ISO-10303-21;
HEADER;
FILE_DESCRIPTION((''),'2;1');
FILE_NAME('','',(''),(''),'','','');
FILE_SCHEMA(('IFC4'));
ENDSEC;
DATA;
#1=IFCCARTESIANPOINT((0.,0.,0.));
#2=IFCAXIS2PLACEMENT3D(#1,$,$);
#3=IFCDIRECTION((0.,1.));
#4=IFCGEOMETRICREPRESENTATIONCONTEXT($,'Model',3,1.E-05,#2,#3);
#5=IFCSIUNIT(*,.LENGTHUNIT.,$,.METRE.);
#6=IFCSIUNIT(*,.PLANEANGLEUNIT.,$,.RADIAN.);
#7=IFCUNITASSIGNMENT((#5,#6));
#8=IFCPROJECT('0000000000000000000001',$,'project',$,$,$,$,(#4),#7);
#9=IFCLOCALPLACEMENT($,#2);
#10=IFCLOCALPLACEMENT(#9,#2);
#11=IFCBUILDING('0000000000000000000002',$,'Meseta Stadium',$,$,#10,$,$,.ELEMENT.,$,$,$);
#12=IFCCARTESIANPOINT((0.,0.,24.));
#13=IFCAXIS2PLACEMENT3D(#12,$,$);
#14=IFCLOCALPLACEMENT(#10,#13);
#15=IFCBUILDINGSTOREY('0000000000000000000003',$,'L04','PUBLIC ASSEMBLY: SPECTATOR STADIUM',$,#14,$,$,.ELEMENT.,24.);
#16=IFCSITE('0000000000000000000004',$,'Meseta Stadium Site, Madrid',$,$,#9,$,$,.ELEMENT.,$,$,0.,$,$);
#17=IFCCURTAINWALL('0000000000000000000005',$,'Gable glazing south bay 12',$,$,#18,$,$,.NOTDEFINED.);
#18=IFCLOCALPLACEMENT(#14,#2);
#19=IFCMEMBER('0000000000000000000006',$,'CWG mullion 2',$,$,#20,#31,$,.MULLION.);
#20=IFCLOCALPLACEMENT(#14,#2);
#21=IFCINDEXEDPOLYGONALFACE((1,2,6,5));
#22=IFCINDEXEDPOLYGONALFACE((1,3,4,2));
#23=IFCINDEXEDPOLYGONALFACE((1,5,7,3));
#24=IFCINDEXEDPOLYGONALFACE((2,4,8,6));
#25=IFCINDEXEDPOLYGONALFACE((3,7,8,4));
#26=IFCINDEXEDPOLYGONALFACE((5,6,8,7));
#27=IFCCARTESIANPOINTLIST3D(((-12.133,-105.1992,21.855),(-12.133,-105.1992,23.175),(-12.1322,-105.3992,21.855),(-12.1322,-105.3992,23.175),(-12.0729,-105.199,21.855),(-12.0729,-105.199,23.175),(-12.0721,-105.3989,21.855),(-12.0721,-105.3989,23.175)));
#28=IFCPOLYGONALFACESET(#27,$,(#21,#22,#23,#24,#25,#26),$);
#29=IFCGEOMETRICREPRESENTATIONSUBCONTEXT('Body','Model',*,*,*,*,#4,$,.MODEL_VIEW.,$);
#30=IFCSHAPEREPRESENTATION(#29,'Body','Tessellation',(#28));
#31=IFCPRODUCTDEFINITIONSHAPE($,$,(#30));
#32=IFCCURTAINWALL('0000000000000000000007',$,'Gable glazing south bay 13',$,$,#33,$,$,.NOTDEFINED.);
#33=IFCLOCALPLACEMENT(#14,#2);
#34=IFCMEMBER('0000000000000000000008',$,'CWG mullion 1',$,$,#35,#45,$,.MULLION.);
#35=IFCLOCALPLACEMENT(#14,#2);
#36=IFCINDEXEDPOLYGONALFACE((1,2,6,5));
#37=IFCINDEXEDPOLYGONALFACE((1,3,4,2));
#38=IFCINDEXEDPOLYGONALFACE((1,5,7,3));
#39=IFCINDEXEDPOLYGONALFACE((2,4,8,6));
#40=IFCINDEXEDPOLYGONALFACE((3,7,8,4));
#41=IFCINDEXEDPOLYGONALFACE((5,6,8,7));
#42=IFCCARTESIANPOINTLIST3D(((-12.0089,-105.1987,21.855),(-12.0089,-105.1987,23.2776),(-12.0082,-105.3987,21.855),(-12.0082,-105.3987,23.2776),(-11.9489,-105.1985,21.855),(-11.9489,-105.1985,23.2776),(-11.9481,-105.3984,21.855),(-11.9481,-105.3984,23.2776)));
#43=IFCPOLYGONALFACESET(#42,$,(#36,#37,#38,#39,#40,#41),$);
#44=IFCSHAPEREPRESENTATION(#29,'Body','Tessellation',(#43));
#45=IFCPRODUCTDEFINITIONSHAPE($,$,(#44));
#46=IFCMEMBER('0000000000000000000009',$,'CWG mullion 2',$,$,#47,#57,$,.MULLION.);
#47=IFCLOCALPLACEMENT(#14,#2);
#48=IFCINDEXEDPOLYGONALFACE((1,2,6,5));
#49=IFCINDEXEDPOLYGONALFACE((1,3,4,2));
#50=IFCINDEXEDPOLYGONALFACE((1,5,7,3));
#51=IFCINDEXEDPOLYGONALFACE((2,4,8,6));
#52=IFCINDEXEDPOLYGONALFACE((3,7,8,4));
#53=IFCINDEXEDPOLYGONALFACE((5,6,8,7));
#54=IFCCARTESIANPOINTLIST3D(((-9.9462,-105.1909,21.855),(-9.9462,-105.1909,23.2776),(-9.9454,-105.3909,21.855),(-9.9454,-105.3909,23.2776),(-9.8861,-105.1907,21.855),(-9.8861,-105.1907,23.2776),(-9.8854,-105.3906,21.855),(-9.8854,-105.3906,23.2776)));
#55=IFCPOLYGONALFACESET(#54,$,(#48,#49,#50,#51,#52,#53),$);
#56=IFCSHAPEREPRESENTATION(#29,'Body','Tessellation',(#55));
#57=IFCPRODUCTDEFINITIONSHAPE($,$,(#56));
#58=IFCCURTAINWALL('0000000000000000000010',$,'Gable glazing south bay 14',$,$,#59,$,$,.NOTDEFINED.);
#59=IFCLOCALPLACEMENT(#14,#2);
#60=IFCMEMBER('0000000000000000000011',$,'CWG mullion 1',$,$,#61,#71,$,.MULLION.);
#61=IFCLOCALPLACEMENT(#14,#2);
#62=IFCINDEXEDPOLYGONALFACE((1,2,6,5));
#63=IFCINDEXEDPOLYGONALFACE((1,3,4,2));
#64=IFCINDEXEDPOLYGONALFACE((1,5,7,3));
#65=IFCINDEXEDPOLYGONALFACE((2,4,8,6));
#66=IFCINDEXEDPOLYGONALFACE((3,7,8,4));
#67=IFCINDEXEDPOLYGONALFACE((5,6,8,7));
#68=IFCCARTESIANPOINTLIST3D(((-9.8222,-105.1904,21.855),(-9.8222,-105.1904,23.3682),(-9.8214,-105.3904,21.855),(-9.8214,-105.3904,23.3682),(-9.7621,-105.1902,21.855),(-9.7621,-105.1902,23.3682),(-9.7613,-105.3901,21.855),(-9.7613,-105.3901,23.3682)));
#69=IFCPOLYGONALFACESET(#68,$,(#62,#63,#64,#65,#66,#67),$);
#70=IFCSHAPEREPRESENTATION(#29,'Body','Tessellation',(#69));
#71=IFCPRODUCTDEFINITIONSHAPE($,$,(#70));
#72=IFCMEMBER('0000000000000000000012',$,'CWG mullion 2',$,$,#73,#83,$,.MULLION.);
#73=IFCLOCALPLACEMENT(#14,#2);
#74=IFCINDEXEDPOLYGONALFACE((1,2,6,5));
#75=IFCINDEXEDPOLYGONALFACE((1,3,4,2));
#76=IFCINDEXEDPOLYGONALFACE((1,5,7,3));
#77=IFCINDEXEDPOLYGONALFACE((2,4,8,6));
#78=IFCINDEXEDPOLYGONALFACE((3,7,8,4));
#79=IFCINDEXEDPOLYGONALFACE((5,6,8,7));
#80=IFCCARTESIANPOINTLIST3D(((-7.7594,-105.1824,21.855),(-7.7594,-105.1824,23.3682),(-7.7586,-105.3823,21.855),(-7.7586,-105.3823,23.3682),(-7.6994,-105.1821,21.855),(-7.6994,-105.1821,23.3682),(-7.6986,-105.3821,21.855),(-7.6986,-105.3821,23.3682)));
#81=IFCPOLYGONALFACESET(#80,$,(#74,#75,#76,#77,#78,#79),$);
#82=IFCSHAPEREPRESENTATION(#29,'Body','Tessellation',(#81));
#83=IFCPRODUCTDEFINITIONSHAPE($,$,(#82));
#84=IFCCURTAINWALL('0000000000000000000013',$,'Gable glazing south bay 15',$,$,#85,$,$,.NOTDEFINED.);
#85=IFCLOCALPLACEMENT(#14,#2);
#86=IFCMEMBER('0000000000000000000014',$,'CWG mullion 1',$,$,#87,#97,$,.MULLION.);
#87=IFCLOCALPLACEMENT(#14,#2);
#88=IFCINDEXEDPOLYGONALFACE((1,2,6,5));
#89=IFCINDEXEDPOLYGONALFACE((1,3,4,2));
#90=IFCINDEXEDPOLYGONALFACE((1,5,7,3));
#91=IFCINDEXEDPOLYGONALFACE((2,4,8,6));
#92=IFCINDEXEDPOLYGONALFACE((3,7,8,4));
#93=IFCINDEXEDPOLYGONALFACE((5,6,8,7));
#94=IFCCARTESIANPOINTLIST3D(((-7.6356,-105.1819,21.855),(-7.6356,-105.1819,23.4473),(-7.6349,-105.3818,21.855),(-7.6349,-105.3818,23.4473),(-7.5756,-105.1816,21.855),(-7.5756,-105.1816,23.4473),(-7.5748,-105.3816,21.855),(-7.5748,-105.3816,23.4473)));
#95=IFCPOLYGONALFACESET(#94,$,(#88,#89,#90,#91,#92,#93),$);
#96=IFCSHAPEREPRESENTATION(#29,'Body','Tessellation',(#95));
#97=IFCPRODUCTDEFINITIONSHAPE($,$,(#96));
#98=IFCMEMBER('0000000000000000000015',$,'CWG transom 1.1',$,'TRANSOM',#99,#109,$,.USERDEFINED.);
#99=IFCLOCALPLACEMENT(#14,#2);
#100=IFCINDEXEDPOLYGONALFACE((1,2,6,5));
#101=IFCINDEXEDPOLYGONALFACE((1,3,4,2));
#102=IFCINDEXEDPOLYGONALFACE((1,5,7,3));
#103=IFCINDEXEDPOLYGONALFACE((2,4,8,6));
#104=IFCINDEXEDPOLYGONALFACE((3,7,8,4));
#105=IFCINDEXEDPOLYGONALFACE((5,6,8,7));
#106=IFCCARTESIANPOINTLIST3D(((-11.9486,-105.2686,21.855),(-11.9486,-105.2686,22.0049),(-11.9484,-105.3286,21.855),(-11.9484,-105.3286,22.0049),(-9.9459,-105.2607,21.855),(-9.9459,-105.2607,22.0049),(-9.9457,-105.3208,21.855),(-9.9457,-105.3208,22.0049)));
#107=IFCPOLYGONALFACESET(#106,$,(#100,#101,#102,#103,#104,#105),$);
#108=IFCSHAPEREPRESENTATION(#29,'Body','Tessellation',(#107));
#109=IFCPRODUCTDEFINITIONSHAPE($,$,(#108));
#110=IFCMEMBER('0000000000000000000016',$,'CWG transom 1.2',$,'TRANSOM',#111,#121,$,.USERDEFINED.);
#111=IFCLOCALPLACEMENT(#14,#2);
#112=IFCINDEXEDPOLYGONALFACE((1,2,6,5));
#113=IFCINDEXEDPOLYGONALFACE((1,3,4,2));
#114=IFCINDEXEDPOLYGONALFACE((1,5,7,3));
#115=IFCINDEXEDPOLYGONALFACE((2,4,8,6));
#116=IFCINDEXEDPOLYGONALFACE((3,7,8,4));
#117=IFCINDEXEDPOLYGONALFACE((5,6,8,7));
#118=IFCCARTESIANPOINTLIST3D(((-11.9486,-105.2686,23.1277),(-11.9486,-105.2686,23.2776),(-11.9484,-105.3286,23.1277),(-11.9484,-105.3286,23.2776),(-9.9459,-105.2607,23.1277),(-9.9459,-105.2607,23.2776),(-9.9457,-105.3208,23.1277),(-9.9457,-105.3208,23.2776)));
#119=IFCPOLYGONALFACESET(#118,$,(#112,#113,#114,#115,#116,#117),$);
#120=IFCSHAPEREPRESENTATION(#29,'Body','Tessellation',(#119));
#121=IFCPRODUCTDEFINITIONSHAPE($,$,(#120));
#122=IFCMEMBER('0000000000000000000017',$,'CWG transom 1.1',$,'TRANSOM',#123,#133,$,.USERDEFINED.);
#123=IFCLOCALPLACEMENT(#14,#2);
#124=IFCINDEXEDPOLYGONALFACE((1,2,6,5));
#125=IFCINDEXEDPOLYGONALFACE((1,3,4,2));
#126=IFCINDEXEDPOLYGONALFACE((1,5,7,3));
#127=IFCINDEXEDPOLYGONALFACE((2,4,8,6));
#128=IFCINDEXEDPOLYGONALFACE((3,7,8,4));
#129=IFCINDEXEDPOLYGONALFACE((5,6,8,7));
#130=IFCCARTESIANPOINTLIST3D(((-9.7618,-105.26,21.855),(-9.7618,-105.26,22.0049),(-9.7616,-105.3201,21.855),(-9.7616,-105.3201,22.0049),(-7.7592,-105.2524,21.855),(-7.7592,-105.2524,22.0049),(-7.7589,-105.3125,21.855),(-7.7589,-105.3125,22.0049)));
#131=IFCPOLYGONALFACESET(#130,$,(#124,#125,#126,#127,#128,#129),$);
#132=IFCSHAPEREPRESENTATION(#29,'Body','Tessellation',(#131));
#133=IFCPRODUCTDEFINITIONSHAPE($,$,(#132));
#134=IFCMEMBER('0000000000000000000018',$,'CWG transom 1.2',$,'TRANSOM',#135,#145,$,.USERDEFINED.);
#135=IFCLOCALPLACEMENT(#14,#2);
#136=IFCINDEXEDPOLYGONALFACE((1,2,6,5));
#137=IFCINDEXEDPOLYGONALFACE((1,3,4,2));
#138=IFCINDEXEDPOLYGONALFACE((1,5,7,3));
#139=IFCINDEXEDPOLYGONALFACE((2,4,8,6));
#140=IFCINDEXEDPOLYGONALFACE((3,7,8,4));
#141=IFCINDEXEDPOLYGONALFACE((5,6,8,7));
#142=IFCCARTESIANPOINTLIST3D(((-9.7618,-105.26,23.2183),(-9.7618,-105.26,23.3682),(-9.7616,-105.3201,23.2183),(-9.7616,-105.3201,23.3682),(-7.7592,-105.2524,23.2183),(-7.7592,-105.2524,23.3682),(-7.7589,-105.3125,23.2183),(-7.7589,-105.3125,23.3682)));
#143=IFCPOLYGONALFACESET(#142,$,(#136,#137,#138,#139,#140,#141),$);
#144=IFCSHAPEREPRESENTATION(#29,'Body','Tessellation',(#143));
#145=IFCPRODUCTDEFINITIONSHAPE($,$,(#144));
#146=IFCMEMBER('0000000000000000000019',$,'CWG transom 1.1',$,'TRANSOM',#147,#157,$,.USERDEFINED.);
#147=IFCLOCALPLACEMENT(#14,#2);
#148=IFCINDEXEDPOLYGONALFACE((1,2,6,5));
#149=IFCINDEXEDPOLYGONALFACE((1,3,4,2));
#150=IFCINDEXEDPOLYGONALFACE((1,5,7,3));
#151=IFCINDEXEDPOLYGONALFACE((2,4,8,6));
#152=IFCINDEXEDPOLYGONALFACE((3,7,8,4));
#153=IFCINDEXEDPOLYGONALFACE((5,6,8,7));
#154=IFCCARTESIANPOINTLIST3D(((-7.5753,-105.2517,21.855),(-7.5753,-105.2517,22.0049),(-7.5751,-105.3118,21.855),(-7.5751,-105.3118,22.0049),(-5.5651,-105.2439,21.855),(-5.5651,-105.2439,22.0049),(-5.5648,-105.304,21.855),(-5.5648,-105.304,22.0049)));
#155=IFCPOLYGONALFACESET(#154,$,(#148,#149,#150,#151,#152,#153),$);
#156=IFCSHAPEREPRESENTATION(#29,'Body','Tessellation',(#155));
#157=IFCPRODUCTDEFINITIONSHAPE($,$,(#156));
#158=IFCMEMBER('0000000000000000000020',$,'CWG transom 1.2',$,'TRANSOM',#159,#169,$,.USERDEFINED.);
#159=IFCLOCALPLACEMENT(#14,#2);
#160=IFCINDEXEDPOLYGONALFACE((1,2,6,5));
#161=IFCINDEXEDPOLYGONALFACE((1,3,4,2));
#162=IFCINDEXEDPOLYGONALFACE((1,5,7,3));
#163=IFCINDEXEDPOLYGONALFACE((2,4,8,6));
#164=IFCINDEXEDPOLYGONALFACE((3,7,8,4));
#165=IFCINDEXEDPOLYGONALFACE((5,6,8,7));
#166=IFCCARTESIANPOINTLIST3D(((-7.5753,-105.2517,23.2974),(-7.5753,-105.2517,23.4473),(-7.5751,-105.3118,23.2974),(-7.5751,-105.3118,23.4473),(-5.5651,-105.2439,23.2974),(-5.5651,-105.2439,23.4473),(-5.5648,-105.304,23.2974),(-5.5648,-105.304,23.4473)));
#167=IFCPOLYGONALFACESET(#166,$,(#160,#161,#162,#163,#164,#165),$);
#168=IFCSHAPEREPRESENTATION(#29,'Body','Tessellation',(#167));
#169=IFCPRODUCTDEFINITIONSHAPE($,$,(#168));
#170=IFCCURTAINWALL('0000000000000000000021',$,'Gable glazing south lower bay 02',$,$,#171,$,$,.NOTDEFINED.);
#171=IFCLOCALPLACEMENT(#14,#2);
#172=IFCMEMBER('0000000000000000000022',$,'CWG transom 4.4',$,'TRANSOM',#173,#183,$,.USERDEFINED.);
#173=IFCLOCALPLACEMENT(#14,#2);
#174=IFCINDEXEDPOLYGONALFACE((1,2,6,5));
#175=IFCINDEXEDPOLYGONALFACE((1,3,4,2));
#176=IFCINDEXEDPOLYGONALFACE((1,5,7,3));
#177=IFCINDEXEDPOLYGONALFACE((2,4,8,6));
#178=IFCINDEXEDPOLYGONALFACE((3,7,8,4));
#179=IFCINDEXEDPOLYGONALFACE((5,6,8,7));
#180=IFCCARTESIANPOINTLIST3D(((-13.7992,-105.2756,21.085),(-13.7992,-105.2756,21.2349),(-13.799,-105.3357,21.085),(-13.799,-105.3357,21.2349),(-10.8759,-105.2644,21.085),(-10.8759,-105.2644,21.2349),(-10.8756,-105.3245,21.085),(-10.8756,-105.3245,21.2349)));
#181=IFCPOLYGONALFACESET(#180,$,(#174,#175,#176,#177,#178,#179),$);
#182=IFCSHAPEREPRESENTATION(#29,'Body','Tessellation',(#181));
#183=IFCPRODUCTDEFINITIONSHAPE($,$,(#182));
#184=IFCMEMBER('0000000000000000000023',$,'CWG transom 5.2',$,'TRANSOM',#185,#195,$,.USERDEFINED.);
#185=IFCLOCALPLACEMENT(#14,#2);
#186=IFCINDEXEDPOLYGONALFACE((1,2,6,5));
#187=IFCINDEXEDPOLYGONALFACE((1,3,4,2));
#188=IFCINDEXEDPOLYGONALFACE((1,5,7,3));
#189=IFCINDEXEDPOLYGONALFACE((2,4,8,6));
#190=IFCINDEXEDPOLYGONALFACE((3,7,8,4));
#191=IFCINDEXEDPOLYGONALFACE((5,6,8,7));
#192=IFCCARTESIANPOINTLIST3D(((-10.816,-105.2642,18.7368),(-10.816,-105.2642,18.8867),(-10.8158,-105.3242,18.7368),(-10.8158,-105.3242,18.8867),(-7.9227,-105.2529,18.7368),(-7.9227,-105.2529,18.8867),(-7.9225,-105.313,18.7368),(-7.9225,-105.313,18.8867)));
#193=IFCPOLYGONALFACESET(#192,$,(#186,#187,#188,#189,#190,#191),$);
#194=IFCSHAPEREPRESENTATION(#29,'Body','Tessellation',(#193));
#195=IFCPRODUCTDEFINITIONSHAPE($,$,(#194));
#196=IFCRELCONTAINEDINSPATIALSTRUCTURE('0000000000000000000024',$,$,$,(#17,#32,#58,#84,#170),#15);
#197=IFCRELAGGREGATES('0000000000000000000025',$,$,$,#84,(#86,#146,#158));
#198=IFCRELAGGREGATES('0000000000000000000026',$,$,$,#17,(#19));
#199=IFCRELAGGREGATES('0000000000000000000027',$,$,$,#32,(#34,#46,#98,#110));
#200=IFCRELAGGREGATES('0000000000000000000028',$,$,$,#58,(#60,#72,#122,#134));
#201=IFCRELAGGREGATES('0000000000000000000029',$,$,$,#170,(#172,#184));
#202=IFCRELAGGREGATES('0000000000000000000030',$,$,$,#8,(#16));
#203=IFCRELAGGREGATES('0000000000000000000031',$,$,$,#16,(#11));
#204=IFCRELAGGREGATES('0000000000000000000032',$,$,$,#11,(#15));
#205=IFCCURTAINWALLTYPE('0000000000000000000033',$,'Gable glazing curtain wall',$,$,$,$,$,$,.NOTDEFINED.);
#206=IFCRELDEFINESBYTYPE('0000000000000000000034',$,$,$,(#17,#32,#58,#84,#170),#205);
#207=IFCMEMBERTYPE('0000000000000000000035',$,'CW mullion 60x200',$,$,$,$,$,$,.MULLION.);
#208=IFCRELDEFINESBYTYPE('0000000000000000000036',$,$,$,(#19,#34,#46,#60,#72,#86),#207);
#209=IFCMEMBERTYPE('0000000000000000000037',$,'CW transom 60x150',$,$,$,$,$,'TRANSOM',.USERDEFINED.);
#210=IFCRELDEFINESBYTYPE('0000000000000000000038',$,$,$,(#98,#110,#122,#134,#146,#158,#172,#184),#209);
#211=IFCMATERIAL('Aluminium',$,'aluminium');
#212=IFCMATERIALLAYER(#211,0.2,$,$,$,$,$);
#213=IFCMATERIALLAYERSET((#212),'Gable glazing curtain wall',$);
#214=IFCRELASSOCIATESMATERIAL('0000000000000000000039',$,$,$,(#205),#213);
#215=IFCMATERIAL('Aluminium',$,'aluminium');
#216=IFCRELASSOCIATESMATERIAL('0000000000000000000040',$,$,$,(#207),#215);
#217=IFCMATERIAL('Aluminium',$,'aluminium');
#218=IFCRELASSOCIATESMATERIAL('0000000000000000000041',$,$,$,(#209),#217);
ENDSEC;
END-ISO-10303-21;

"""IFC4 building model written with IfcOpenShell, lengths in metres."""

from ifc_helpers import new_model, si_unit, direction, frame, origin, origin_2d, place, context, subcontext, project, spatial, rectangle, extrude, material, layer, layer_set, material_profile, profile_set, type_object, element, aggregate, save


model = new_model("IFC4")

# Units and contexts
model_context = context("Model", 3, precision=1e-05, world=origin(), true_north=direction((0.0, 1.0)))
body_context = subcontext(model_context, "Body", "Model", "MODEL_VIEW")
ifc_project = project(units=[si_unit("LENGTHUNIT", "METRE"), si_unit("PLANEANGLEUNIT", "RADIAN")], contexts=[model_context])

# Site, building, storey
site_placement = place(None, origin())
site = spatial("IfcSite", under=ifc_project, at=site_placement, Name="Meseta Stadium Site, Madrid", CompositionType="ELEMENT", RefElevation=0.0)
building_placement = place(site_placement, origin())
building = spatial("IfcBuilding", under=site, at=building_placement, Name="Meseta Stadium", CompositionType="ELEMENT")
storey_placement = place(building_placement, frame((0.0, 0.0, 24.0)))
storey = spatial("IfcBuildingStorey", under=building, at=storey_placement, Name="L04", Description="PUBLIC ASSEMBLY: SPECTATOR STADIUM", CompositionType="ELEMENT", Elevation=24.0)

# Curtain wall, member
ifc_material_1 = material(Name="Aluminium", Category="aluminium")
ifc_layer_1 = layer(ifc_material_1, 0.2)
ifc_layer_set_1 = layer_set([ifc_layer_1], Name="Gable glazing curtain wall")
curtain_wall_type = type_object("IfcCurtainWallType", Name="Gable glazing curtain wall", PredefinedType="NOTDEFINED", material=ifc_layer_set_1)
curtain_wall_1_placement = place(storey_placement, origin())
curtain_wall_1 = element("IfcCurtainWall", 1, at=curtain_wall_1_placement, inside=storey, type_object=curtain_wall_type, Name="Gable glazing south bay 12", PredefinedType="NOTDEFINED")
ifc_material_2 = material(Name="Aluminium", Category="aluminium")
ifc_material_profile_1 = material_profile(ifc_material_2, rectangle(XDim=0.2, YDim=0.0601, at=origin_2d()), Name="CW 200x60")
ifc_profile_set_1 = profile_set([ifc_material_profile_1], Name="Aluminium")
member_type_1 = type_object("IfcMemberType", Name="CW mullion 60x200", PredefinedType="MULLION", material=ifc_profile_set_1)
member_1_placement = place(storey_placement, frame((-12.1025, -105.2991, 21.855), z_axis=(0.0, 0.0, 1.0), x_axis=(-0.003848, 0.999993, 0.0)))
member_1 = element("IfcMember", 2, at=member_1_placement, type_object=member_type_1, Name="CWG mullion 2", PredefinedType="MULLION", context=body_context, shape_type="SweptSolid", body=[
    extrude(rectangle(XDim=0.2, YDim=0.0601, at=origin_2d()), origin(), (0.0, 0.0, 1.0), 1.3201),
])

# Curtain walls, members
curtain_wall_2_placement = place(storey_placement, origin())
curtain_wall_2 = element("IfcCurtainWall", 3, at=curtain_wall_2_placement, inside=storey, type_object=curtain_wall_type, Name="Gable glazing south bay 13", PredefinedType="NOTDEFINED")
member_2_placement = place(storey_placement, frame((-11.9785, -105.2986, 21.855), z_axis=(0.0, 0.0, 1.0), x_axis=(-0.003848, 0.999993, 0.0)))
member_2 = element("IfcMember", 4, at=member_2_placement, type_object=member_type_1, Name="CWG mullion 1", PredefinedType="MULLION", context=body_context, shape_type="SweptSolid", body=[
    extrude(rectangle(XDim=0.2, YDim=0.0601, at=origin_2d()), origin(), (0.0, 0.0, 1.0), 1.4226),
])
member_3_placement = place(storey_placement, frame((-9.9158, -105.2908, 21.855), z_axis=(0.0, 0.0, 1.0), x_axis=(-0.003848, 0.999993, 0.0)))
member_3 = element("IfcMember", 5, at=member_3_placement, type_object=member_type_1, Name="CWG mullion 2", PredefinedType="MULLION", context=body_context, shape_type="SweptSolid", body=[
    extrude(rectangle(XDim=0.2, YDim=0.0601, at=origin_2d()), origin(), (0.0, 0.0, 1.0), 1.4226),
])
curtain_wall_3_placement = place(storey_placement, origin())
curtain_wall_3 = element("IfcCurtainWall", 6, at=curtain_wall_3_placement, inside=storey, type_object=curtain_wall_type, Name="Gable glazing south bay 14", PredefinedType="NOTDEFINED")
member_4_placement = place(storey_placement, frame((-9.7917, -105.2903, 21.855), z_axis=(0.0, 0.0, 1.0), x_axis=(-0.003848, 0.999993, 0.0)))
member_4 = element("IfcMember", 7, at=member_4_placement, type_object=member_type_1, Name="CWG mullion 1", PredefinedType="MULLION", context=body_context, shape_type="SweptSolid", body=[
    extrude(rectangle(XDim=0.2, YDim=0.0601, at=origin_2d()), origin(), (0.0, 0.0, 1.0), 1.5132),
])
member_5_placement = place(storey_placement, frame((-7.729, -105.2822, 21.855), z_axis=(0.0, 0.0, 1.0), x_axis=(-0.003848, 0.999993, 0.0)))
member_5 = element("IfcMember", 8, at=member_5_placement, type_object=member_type_1, Name="CWG mullion 2", PredefinedType="MULLION", context=body_context, shape_type="SweptSolid", body=[
    extrude(rectangle(XDim=0.2, YDim=0.0601, at=origin_2d()), origin(), (0.0, 0.0, 1.0), 1.5132),
])

# Curtain wall, member
curtain_wall_4_placement = place(storey_placement, origin())
curtain_wall_4 = element("IfcCurtainWall", 9, at=curtain_wall_4_placement, inside=storey, type_object=curtain_wall_type, Name="Gable glazing south bay 15", PredefinedType="NOTDEFINED")
member_6_placement = place(storey_placement, frame((-7.6052, -105.2817, 21.855), z_axis=(0.0, 0.0, 1.0), x_axis=(-0.003848, 0.999993, 0.0)))
member_6 = element("IfcMember", 10, at=member_6_placement, type_object=member_type_1, Name="CWG mullion 1", PredefinedType="MULLION", context=body_context, shape_type="SweptSolid", body=[
    extrude(rectangle(XDim=0.2, YDim=0.0601, at=origin_2d()), origin(), (0.0, 0.0, 1.0), 1.5923),
])

# Members
ifc_material_3 = material(Name="Aluminium", Category="aluminium")
ifc_material_profile_2 = material_profile(ifc_material_3, rectangle(XDim=0.0601, YDim=0.1499, at=origin_2d()), Name="CW 60x150")
ifc_profile_set_2 = profile_set([ifc_material_profile_2], Name="Aluminium")
member_type_2 = type_object("IfcMemberType", Name="CW transom 60x150", ElementType="TRANSOM", PredefinedType="USERDEFINED", material=ifc_profile_set_2)
member_7_placement = place(storey_placement, frame((-11.9485, -105.2986, 21.9299), z_axis=(0.999992, 0.003901, 0.0), x_axis=(-0.003901, 0.999992, 0.0)))
member_7 = element("IfcMember", 11, at=member_7_placement, type_object=member_type_2, Name="CWG transom 1.1", ObjectType="TRANSOM", PredefinedType="USERDEFINED", context=body_context, shape_type="SweptSolid", body=[
    extrude(rectangle(XDim=0.0601, YDim=0.1499, at=origin_2d()), origin(), (0.0, 0.0, 1.0), 2.0027),
])
member_8_placement = place(storey_placement, frame((-11.9485, -105.2986, 23.2026), z_axis=(0.999992, 0.003901, 0.0), x_axis=(-0.003901, 0.999992, 0.0)))
member_8 = element("IfcMember", 12, at=member_8_placement, type_object=member_type_2, Name="CWG transom 1.2", ObjectType="TRANSOM", PredefinedType="USERDEFINED", context=body_context, shape_type="SweptSolid", body=[
    extrude(rectangle(XDim=0.0601, YDim=0.1499, at=origin_2d()), origin(), (0.0, 0.0, 1.0), 2.0027),
])
member_9_placement = place(storey_placement, frame((-9.7617, -105.29, 21.9299), z_axis=(0.999993, 0.003779, 0.0), x_axis=(-0.003779, 0.999993, 0.0)))
member_9 = element("IfcMember", 13, at=member_9_placement, type_object=member_type_2, Name="CWG transom 1.1", ObjectType="TRANSOM", PredefinedType="USERDEFINED", context=body_context, shape_type="SweptSolid", body=[
    extrude(rectangle(XDim=0.0601, YDim=0.1499, at=origin_2d()), origin(), (0.0, 0.0, 1.0), 2.0027),
])
member_10_placement = place(storey_placement, frame((-9.7617, -105.29, 23.2932), z_axis=(0.999993, 0.003779, 0.0), x_axis=(-0.003779, 0.999993, 0.0)))
member_10 = element("IfcMember", 14, at=member_10_placement, type_object=member_type_2, Name="CWG transom 1.2", ObjectType="TRANSOM", PredefinedType="USERDEFINED", context=body_context, shape_type="SweptSolid", body=[
    extrude(rectangle(XDim=0.0601, YDim=0.1499, at=origin_2d()), origin(), (0.0, 0.0, 1.0), 2.0027),
])
member_11_placement = place(storey_placement, frame((-7.5752, -105.2817, 21.9299), z_axis=(0.999992, 0.003886, 0.0), x_axis=(-0.003886, 0.999992, 0.0)))
member_11 = element("IfcMember", 15, at=member_11_placement, type_object=member_type_2, Name="CWG transom 1.1", ObjectType="TRANSOM", PredefinedType="USERDEFINED", context=body_context, shape_type="SweptSolid", body=[
    extrude(rectangle(XDim=0.0601, YDim=0.1499, at=origin_2d()), origin(), (0.0, 0.0, 1.0), 2.0103),
])
member_12_placement = place(storey_placement, frame((-7.5752, -105.2817, 23.3723), z_axis=(0.999992, 0.003886, 0.0), x_axis=(-0.003886, 0.999992, 0.0)))
member_12 = element("IfcMember", 16, at=member_12_placement, type_object=member_type_2, Name="CWG transom 1.2", ObjectType="TRANSOM", PredefinedType="USERDEFINED", context=body_context, shape_type="SweptSolid", body=[
    extrude(rectangle(XDim=0.0601, YDim=0.1499, at=origin_2d()), origin(), (0.0, 0.0, 1.0), 2.0103),
])
aggregate(curtain_wall_4, [member_6, member_11, member_12])

# Curtain wall, members
curtain_wall_5_placement = place(storey_placement, origin())
curtain_wall_5 = element("IfcCurtainWall", 17, at=curtain_wall_5_placement, inside=storey, type_object=curtain_wall_type, Name="Gable glazing south lower bay 02", PredefinedType="NOTDEFINED")
member_13_placement = place(storey_placement, frame((-13.7991, -105.3057, 21.1599), z_axis=(0.999993, 0.003842, 0.0), x_axis=(-0.003842, 0.999993, 0.0)))
member_13 = element("IfcMember", 18, at=member_13_placement, type_object=member_type_2, Name="CWG transom 4.4", ObjectType="TRANSOM", PredefinedType="USERDEFINED", context=body_context, shape_type="SweptSolid", body=[
    extrude(rectangle(XDim=0.0601, YDim=0.1499, at=origin_2d()), origin(), (0.0, 0.0, 1.0), 2.9233),
])
member_14_placement = place(storey_placement, frame((-10.8159, -105.2942, 18.8118), z_axis=(0.999992, 0.003881, 0.0), x_axis=(-0.003881, 0.999992, 0.0)))
member_14 = element("IfcMember", 19, at=member_14_placement, type_object=member_type_2, Name="CWG transom 5.2", ObjectType="TRANSOM", PredefinedType="USERDEFINED", context=body_context, shape_type="SweptSolid", body=[
    extrude(rectangle(XDim=0.0601, YDim=0.1499, at=origin_2d()), origin(), (0.0, 0.0, 1.0), 2.8933),
])

aggregate(curtain_wall_1, [member_1])
aggregate(curtain_wall_2, [member_2, member_3, member_7, member_8])
aggregate(curtain_wall_3, [member_4, member_5, member_9, member_10])
aggregate(curtain_wall_5, [member_13, member_14])

save(model, "model.ifc")
